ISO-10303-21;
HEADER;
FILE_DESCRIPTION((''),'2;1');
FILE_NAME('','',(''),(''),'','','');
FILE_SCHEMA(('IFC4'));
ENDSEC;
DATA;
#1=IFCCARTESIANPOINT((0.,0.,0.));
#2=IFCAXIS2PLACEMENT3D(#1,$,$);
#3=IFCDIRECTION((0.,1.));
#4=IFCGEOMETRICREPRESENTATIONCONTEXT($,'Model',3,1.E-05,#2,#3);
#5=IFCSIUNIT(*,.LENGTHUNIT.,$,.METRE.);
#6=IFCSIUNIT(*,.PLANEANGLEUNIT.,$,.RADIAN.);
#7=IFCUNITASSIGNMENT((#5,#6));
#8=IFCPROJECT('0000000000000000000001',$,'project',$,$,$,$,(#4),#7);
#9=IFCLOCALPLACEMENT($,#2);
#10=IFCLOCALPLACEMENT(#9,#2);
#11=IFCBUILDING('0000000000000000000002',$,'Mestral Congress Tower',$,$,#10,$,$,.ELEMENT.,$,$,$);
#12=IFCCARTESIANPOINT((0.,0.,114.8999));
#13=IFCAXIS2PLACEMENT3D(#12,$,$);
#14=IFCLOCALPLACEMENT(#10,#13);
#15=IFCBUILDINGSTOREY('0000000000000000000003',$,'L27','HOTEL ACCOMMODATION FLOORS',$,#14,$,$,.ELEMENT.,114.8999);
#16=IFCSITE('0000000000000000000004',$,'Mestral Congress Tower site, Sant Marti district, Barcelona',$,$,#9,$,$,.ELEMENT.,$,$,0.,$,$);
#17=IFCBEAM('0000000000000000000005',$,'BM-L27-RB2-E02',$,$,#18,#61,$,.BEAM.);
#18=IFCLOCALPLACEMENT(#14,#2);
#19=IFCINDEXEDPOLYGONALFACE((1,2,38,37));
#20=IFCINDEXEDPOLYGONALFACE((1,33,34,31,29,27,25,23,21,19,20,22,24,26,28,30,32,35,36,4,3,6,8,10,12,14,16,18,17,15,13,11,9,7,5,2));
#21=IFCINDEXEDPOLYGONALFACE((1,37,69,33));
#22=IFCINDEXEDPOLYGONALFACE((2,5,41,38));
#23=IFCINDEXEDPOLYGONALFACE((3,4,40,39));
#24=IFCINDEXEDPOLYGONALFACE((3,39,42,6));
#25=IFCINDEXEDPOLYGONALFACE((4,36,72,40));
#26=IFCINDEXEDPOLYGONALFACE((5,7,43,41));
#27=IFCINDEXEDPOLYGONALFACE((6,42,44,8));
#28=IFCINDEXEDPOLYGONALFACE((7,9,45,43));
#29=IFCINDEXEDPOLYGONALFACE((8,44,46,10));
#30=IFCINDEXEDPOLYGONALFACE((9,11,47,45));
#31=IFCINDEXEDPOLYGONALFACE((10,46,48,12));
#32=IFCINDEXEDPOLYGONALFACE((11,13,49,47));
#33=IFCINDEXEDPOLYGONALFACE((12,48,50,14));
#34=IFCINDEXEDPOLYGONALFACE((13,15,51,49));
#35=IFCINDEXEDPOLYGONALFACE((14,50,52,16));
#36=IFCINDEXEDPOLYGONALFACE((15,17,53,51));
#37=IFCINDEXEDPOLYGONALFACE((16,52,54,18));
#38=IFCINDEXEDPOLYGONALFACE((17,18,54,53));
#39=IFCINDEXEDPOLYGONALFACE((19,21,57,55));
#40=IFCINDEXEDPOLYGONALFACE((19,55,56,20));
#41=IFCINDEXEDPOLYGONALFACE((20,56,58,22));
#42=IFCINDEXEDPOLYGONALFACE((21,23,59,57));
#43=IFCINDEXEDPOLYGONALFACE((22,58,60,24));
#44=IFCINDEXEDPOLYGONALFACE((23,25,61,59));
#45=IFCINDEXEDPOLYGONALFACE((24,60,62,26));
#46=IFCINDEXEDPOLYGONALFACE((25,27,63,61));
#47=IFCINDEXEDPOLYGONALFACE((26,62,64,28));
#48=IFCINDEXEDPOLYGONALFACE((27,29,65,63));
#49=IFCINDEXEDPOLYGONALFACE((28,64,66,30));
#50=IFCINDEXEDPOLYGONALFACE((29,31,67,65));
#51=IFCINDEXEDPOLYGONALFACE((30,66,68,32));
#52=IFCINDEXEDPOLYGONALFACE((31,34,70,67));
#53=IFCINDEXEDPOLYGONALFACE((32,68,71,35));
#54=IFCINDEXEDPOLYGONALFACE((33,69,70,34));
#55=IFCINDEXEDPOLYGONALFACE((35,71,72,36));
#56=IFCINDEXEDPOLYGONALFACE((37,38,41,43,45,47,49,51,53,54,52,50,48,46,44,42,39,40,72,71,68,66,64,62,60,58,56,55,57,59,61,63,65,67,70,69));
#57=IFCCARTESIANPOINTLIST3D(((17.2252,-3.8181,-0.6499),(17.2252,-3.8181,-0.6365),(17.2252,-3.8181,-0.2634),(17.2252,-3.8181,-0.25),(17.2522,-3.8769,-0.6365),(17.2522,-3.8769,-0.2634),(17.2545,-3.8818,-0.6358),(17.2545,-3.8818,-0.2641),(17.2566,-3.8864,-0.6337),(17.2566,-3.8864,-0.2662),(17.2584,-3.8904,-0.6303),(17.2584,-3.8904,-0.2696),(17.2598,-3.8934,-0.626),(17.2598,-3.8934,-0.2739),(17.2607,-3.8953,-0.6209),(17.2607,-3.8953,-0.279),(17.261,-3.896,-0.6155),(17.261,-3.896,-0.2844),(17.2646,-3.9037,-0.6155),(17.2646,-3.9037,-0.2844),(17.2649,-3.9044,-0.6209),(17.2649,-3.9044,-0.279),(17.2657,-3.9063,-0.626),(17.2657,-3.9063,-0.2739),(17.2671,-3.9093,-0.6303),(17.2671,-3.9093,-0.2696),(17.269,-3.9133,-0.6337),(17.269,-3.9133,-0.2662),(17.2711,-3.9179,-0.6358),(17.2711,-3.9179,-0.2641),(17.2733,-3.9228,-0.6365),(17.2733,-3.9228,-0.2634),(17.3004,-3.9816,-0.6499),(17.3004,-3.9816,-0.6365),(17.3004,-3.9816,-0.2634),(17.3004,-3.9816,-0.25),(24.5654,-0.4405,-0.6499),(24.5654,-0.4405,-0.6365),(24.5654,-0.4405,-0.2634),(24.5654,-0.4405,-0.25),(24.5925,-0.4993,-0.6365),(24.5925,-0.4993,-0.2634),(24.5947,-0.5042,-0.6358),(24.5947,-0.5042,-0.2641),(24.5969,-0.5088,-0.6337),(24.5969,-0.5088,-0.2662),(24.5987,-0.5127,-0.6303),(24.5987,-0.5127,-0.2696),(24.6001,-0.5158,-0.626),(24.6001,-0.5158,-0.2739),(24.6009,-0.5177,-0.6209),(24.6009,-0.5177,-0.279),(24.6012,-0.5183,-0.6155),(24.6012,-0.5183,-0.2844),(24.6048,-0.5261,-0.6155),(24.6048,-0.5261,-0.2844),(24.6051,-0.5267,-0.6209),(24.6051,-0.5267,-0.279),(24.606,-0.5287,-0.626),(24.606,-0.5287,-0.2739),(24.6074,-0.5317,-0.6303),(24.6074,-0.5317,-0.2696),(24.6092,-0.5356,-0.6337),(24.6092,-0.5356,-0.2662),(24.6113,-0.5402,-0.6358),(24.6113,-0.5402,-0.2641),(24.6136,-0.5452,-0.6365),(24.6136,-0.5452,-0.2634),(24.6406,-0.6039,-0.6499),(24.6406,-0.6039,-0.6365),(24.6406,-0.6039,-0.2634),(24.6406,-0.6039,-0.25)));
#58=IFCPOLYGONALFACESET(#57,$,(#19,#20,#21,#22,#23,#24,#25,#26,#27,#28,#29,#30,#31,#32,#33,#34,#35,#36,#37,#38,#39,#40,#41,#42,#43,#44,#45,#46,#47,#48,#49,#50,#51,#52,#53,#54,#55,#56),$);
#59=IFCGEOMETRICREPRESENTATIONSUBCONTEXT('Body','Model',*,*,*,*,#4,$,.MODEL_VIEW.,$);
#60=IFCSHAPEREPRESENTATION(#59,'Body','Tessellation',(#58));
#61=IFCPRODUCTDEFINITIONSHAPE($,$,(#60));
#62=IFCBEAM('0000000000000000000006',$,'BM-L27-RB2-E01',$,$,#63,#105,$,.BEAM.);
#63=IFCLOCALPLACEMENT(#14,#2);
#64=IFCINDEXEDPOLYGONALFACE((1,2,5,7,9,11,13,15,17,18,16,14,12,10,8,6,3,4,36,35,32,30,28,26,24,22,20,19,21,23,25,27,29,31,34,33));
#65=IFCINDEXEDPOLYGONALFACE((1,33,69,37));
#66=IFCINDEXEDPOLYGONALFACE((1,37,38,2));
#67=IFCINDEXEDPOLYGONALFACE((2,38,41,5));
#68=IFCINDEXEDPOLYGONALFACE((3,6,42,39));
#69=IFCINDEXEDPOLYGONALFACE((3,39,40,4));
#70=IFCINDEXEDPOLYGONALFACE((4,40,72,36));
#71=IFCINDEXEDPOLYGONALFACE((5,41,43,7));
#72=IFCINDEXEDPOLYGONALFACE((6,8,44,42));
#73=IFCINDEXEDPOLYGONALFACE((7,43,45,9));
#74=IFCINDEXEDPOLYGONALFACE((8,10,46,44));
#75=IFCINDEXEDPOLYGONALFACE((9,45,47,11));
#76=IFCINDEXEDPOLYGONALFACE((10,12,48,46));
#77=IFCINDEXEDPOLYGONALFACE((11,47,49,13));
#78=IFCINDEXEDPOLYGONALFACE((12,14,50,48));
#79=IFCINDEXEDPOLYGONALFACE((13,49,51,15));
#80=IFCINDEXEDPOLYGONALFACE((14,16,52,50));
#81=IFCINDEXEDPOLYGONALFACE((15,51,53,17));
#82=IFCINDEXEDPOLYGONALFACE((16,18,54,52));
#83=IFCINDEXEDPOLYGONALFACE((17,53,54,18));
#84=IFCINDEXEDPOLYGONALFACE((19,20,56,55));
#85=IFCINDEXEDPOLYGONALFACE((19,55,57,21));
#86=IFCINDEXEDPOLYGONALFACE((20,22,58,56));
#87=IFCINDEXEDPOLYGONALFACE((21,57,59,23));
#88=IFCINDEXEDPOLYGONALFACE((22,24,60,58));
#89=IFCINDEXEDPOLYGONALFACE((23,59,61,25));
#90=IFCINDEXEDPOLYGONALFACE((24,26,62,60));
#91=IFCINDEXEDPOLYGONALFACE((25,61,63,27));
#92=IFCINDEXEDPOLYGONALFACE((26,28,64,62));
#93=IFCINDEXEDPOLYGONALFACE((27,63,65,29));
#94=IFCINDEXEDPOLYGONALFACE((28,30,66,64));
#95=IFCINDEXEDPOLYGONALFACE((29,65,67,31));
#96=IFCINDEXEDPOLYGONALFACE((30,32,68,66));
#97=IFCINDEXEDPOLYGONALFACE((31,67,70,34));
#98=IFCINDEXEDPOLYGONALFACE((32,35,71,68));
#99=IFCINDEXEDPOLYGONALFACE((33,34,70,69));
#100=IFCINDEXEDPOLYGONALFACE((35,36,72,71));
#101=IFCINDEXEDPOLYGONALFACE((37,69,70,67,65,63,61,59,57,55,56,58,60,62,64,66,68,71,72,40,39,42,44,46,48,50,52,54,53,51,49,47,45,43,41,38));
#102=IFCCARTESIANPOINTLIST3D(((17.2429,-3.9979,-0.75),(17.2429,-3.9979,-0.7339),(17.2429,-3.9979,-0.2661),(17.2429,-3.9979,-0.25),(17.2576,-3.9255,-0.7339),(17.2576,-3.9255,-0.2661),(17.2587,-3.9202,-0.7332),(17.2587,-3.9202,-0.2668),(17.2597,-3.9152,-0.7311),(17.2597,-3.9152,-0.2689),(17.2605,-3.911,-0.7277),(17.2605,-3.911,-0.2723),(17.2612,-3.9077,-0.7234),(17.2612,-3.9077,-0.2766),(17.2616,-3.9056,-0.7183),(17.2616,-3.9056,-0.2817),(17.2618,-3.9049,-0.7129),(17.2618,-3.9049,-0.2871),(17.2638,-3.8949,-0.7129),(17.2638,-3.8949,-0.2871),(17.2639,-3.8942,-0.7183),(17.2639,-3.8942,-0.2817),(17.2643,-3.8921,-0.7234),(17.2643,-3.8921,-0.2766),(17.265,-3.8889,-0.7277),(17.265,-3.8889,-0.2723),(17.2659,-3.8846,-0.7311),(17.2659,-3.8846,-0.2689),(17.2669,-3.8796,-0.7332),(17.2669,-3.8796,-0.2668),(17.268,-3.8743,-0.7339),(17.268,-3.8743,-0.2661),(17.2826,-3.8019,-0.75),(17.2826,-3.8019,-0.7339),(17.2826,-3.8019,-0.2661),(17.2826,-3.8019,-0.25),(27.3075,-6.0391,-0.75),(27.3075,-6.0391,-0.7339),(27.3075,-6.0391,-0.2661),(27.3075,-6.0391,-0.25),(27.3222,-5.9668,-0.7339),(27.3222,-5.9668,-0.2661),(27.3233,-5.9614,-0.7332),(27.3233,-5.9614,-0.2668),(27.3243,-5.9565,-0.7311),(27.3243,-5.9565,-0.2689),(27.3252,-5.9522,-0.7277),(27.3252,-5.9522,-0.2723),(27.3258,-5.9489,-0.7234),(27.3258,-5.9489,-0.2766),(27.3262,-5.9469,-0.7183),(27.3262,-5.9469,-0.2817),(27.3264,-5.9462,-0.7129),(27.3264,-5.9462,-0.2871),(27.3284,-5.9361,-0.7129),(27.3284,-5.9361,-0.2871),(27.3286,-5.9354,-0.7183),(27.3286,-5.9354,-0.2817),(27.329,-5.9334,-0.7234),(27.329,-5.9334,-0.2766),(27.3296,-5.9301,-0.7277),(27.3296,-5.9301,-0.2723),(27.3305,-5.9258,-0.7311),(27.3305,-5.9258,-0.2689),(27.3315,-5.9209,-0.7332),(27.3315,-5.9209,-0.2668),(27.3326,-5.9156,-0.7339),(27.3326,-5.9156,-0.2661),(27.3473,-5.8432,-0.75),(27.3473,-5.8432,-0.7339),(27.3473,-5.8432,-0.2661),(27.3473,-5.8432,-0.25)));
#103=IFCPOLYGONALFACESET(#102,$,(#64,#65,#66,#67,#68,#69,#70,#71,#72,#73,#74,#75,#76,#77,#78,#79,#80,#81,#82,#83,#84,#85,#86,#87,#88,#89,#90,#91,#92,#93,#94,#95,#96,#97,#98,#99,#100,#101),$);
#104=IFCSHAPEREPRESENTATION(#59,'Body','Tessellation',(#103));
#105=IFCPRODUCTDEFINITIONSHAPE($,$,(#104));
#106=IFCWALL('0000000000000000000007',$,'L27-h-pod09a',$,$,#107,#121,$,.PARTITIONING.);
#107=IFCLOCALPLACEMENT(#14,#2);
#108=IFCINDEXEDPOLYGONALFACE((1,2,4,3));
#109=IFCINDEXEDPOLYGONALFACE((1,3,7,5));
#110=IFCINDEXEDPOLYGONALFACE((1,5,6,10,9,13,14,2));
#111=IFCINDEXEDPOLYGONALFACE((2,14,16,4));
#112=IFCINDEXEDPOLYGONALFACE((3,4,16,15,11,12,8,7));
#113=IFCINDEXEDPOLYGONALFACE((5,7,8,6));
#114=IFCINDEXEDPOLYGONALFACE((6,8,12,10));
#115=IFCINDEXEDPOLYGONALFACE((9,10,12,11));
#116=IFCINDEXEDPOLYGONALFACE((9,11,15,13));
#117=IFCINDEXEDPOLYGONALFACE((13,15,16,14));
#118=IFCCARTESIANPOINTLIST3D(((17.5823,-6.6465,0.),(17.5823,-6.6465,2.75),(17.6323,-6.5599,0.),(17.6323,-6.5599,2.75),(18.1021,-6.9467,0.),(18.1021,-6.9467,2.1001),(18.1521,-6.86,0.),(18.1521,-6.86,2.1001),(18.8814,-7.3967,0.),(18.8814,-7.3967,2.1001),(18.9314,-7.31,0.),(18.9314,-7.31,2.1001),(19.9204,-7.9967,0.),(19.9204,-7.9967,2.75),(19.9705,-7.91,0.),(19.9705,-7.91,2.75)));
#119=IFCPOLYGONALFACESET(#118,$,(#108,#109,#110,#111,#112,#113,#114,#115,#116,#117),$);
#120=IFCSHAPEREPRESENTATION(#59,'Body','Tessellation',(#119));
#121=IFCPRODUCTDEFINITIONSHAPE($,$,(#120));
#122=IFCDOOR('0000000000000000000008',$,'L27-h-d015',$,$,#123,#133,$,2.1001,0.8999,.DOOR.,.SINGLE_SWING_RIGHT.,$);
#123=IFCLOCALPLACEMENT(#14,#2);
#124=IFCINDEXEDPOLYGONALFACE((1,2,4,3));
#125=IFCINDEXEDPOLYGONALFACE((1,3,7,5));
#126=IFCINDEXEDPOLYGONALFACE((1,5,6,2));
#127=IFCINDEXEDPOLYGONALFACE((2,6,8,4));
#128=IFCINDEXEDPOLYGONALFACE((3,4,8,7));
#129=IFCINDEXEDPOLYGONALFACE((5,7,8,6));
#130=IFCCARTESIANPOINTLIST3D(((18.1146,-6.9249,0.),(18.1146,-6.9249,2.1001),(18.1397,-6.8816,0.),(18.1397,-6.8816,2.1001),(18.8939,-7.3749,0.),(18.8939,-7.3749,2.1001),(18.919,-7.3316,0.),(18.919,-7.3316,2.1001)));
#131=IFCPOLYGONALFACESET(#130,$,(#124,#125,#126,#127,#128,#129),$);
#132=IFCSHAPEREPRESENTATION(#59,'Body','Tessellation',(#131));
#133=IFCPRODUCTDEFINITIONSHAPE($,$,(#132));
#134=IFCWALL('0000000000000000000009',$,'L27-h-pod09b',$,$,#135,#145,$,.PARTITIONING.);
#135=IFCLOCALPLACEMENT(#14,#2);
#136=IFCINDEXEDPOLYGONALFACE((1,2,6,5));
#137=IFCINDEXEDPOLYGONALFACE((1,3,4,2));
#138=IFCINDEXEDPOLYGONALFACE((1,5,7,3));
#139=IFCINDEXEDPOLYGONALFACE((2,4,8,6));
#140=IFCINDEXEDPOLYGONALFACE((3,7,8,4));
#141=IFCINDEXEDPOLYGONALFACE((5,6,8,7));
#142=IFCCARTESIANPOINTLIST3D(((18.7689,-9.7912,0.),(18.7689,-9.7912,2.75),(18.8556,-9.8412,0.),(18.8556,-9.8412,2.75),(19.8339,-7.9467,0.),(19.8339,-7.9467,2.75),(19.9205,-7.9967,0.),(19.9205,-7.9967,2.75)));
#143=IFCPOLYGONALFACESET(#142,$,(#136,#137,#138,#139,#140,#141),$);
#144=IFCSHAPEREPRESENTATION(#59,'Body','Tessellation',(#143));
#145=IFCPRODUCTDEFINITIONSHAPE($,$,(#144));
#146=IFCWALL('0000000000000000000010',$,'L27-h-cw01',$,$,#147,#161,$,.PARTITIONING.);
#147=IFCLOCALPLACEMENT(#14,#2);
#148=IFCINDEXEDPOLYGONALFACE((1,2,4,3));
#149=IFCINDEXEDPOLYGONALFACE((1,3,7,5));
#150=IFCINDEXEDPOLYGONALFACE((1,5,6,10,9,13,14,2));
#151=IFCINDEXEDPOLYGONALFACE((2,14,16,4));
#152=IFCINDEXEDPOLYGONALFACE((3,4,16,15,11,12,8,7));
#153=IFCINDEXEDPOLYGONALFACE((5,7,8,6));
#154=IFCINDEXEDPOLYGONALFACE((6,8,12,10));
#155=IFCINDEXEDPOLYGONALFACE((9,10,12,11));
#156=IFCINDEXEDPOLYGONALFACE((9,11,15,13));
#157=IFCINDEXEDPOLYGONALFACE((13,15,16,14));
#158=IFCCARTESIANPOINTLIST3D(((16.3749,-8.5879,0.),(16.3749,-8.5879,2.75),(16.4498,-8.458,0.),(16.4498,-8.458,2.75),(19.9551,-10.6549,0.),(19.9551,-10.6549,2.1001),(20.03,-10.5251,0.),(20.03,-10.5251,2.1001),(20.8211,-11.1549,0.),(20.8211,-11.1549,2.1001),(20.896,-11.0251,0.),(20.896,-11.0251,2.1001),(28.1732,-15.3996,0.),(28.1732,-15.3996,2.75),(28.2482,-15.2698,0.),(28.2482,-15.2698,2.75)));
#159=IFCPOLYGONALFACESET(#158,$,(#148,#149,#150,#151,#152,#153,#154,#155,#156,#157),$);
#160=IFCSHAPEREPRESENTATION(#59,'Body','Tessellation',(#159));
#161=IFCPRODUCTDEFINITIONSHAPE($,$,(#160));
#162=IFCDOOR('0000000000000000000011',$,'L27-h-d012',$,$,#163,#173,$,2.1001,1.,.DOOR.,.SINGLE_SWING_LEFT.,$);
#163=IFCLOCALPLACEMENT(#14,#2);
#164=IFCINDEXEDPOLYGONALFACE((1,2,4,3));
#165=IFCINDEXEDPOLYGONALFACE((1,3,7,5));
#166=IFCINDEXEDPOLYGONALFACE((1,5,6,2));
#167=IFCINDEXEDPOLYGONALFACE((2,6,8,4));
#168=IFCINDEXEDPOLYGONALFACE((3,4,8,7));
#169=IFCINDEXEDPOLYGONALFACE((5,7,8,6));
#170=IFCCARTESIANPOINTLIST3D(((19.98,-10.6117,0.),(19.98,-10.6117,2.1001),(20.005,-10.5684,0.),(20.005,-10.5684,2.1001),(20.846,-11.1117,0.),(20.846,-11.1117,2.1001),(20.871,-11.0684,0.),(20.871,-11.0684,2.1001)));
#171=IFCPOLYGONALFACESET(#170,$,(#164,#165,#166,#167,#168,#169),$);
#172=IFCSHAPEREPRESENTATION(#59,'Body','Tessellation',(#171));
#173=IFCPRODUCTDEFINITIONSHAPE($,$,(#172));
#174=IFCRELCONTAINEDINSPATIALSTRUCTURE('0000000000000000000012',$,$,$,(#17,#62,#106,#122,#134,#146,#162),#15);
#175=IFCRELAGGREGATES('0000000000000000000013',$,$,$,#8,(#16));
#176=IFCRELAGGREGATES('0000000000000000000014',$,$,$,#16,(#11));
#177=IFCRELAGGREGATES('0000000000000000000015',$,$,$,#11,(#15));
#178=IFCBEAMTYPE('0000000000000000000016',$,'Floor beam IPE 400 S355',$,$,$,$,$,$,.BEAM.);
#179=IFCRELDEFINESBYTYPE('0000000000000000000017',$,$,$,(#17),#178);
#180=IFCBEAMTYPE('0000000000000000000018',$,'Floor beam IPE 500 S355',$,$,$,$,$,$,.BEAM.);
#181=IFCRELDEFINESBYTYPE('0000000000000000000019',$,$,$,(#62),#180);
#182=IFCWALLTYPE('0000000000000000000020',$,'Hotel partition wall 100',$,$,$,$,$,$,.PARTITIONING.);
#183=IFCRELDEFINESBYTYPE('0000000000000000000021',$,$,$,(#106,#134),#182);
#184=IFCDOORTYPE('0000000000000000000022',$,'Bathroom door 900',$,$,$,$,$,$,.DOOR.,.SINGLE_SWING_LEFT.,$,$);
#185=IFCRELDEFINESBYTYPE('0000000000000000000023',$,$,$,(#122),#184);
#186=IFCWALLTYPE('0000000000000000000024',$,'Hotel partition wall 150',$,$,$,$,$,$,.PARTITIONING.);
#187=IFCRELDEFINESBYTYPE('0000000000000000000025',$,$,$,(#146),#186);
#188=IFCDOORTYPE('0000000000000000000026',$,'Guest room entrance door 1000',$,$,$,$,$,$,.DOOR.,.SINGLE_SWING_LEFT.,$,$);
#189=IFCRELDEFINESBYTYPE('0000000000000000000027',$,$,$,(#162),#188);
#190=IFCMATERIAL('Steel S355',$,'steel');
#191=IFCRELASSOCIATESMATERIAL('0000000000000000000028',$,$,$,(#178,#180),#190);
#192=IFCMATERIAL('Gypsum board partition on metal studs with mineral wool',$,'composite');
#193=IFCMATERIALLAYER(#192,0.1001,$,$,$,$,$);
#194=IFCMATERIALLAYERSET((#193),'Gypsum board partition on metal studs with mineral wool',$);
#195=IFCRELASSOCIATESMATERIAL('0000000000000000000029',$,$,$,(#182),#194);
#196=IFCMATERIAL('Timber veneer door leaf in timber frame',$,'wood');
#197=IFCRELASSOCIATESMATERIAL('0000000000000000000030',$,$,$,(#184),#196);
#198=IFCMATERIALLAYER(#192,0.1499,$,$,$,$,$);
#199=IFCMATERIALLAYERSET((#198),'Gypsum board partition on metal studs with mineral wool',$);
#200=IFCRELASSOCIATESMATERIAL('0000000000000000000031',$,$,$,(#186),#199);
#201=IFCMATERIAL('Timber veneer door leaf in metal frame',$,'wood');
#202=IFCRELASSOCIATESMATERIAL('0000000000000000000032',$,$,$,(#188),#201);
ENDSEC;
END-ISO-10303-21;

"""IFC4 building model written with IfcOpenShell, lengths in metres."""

from ifc_helpers import new_model, si_unit, direction, frame, frame_2d, origin, origin_2d, place, context, subcontext, project, spatial, rectangle, i_section, extrude, material, layer, layer_set, material_profile, profile_set, type_object, element, fill, save


model = new_model("IFC4")

# Units and contexts
model_context = context("Model", 3, precision=1e-05, world=origin(), true_north=direction((0.0, 1.0)))
body_context = subcontext(model_context, "Body", "Model", "MODEL_VIEW")
ifc_project = project(units=[si_unit("LENGTHUNIT", "METRE"), si_unit("PLANEANGLEUNIT", "RADIAN")], contexts=[model_context])

# Site, building, storey
site_placement = place(None, origin())
site = spatial("IfcSite", under=ifc_project, at=site_placement, Name="Mestral Congress Tower site, Sant Marti district, Barcelona", CompositionType="ELEMENT", RefElevation=0.0)
building_placement = place(site_placement, origin())
building = spatial("IfcBuilding", under=site, at=building_placement, Name="Mestral Congress Tower", CompositionType="ELEMENT")
storey_placement = place(building_placement, frame((0.0, 0.0, 114.8999)))
storey = spatial("IfcBuildingStorey", under=building, at=storey_placement, Name="L27", Description="HOTEL ACCOMMODATION FLOORS", CompositionType="ELEMENT", Elevation=114.8999)

# Beams
ifc_material_1 = material(Name="Steel S355", Category="steel")
ifc_material_profile_1 = material_profile(ifc_material_1, i_section(OverallWidth=0.1799, OverallDepth=0.3999, WebThickness=0.0085, FlangeThickness=0.0134, FilletRadius=0.021, at=origin_2d()), Name="IPE 400")
ifc_profile_set_1 = profile_set([ifc_material_profile_1], Name="Steel S355")
beam_type_1 = type_object("IfcBeamType", Name="Floor beam IPE 400 S355", PredefinedType="BEAM", material=ifc_profile_set_1)
beam_1_placement = place(storey_placement, frame((24.603, -0.5222, -0.45), z_axis=(-0.908437, -0.418021, 0.0), x_axis=(0.418021, -0.908437, 0.0)))
element("IfcBeam", 1, at=beam_1_placement, inside=storey, type_object=beam_type_1, Name="BM-L27-RB2-E02", PredefinedType="BEAM", context=body_context, shape_type="SweptSolid", body=[
    extrude(i_section(OverallWidth=0.1799, OverallDepth=0.3999, WebThickness=0.0085, FlangeThickness=0.0134, FilletRadius=0.021, at=origin_2d()), origin(), (0.0, 0.0, 1.0), 8.0801),
])
ifc_material_profile_2 = material_profile(ifc_material_1, i_section(OverallWidth=0.2, OverallDepth=0.5, WebThickness=0.0103, FlangeThickness=0.0161, FilletRadius=0.021, at=origin_2d()), Name="IPE 500")
ifc_profile_set_2 = profile_set([ifc_material_profile_2], Name="Steel S355")
beam_type_2 = type_object("IfcBeamType", Name="Floor beam IPE 500 S355", PredefinedType="BEAM", material=ifc_profile_set_2)
beam_2_placement = place(storey_placement, frame((27.3274, -5.9412, -0.5), z_axis=(-0.980047, 0.198767, 0.0), x_axis=(-0.198767, -0.980047, 0.0)))
element("IfcBeam", 2, at=beam_2_placement, inside=storey, type_object=beam_type_2, Name="BM-L27-RB2-E01", PredefinedType="BEAM", context=body_context, shape_type="SweptSolid", body=[
    extrude(i_section(OverallWidth=0.2, OverallDepth=0.5, WebThickness=0.0103, FlangeThickness=0.0161, FilletRadius=0.021, at=origin_2d()), origin(), (0.0, 0.0, 1.0), 10.2695),
])

# Wall, opening, door
ifc_material_2 = material(Name="Gypsum board partition on metal studs with mineral wool", Category="composite")
ifc_layer_1 = layer(ifc_material_2, 0.1001)
ifc_layer_set_1 = layer_set([ifc_layer_1], Name="Gypsum board partition on metal studs with mineral wool")
wall_type_1 = type_object("IfcWallType", Name="Hotel partition wall 100", PredefinedType="PARTITIONING", material=ifc_layer_set_1)
wall_1_placement = place(storey_placement, frame((19.9456, -7.9534, 0.0), z_axis=(0.0, 0.0, 1.0), x_axis=(-0.865997, 0.500049, 0.0)))
wall_1 = element("IfcWall", 3, at=wall_1_placement, inside=storey, type_object=wall_type_1, Name="L27-h-pod09a", PredefinedType="PARTITIONING", context=body_context, shape_type="SweptSolid", body=[
    extrude(rectangle(XDim=2.7, YDim=0.1001, at=frame_2d((1.3501, 0.0))), origin(), (0.0, 0.0, 1.0), 2.75),
])
opening_1_placement = place(wall_1_placement, frame((1.2, 0.0, 0.0)))
opening_1 = element("IfcOpeningElement", 4, at=opening_1_placement, cuts=wall_1, PredefinedType="OPENING", context=body_context, shape_type="SweptSolid", body=[
    extrude(rectangle(XDim=0.8999, YDim=2.1001, at=frame_2d((0.45, 1.05))), frame((0.0, 0.0601, 0.0), z_axis=(0.0, -1.0, 0.0), x_axis=(1.0, 0.0, 0.0)), (0.0, 0.0, 1.0), 0.1201),
])
ifc_material_3 = material(Name="Timber veneer door leaf in timber frame", Category="wood")
door_type_1 = type_object("IfcDoorType", Name="Bathroom door 900", OperationType="SINGLE_SWING_LEFT", PredefinedType="DOOR", material=ifc_material_3)
door_1_placement = place(opening_1_placement, origin())
door_1 = element("IfcDoor", 5, at=door_1_placement, inside=storey, type_object=door_type_1, Name="L27-h-d015", OperationType="SINGLE_SWING_RIGHT", OverallHeight=2.1001, OverallWidth=0.8999, PredefinedType="DOOR", context=body_context, shape_type="SweptSolid", body=[
    extrude(rectangle(XDim=0.8999, YDim=2.1001, at=frame_2d((0.45, 1.05))), frame((0.0, 0.0249, 0.0), z_axis=(0.0, -1.0, 0.0), x_axis=(1.0, 0.0, 0.0)), (0.0, 0.0, 1.0), 0.05),
])
fill(opening_1, door_1)

# Wall
wall_2_placement = place(storey_placement, frame((19.8772, -7.9717, 0.0), z_axis=(0.0, 0.0, 1.0), x_axis=(-0.50001, -0.86602, 0.0)))
element("IfcWall", 6, at=wall_2_placement, inside=storey, type_object=wall_type_1, Name="L27-h-pod09b", PredefinedType="PARTITIONING", context=body_context, shape_type="SweptSolid", body=[
    extrude(rectangle(XDim=2.1299, YDim=0.1001, at=frame_2d((1.0649, 0.0))), origin(), (0.0, 0.0, 1.0), 2.75),
])

# Wall, opening, door
ifc_layer_2 = layer(ifc_material_2, 0.1499)
ifc_layer_set_2 = layer_set([ifc_layer_2], Name="Gypsum board partition on metal studs with mineral wool")
wall_type_2 = type_object("IfcWallType", Name="Hotel partition wall 150", PredefinedType="PARTITIONING", material=ifc_layer_set_2)
wall_3_placement = place(storey_placement, frame((16.4124, -8.5229, 0.0), z_axis=(0.0, 0.0, 1.0), x_axis=(0.866026, -0.5, 0.0)))
wall_3 = element("IfcWall", 7, at=wall_3_placement, inside=storey, type_object=wall_type_2, Name="L27-h-cw01", PredefinedType="PARTITIONING", context=body_context, shape_type="SweptSolid", body=[
    extrude(rectangle(XDim=13.6235, YDim=0.1499, at=frame_2d((6.8118, 0.0))), origin(), (0.0, 0.0, 1.0), 2.75),
])
opening_2_placement = place(wall_3_placement, frame((4.134, 0.0, 0.0)))
opening_2 = element("IfcOpeningElement", 8, at=opening_2_placement, cuts=wall_3, PredefinedType="OPENING", context=body_context, shape_type="SweptSolid", body=[
    extrude(rectangle(XDim=1.0, YDim=2.1001, at=frame_2d((0.5, 1.05))), frame((0.0, 0.085, 0.0), z_axis=(0.0, -1.0, 0.0), x_axis=(1.0, 0.0, 0.0)), (0.0, 0.0, 1.0), 0.1699),
])
ifc_material_4 = material(Name="Timber veneer door leaf in metal frame", Category="wood")
door_type_2 = type_object("IfcDoorType", Name="Guest room entrance door 1000", OperationType="SINGLE_SWING_LEFT", PredefinedType="DOOR", material=ifc_material_4)
door_2_placement = place(opening_2_placement, origin())
door_2 = element("IfcDoor", 9, at=door_2_placement, inside=storey, type_object=door_type_2, Name="L27-h-d012", OperationType="SINGLE_SWING_LEFT", OverallHeight=2.1001, OverallWidth=1.0, PredefinedType="DOOR", context=body_context, shape_type="SweptSolid", body=[
    extrude(rectangle(XDim=1.0, YDim=2.1001, at=frame_2d((0.5, 1.05))), frame((0.0, 0.0249, 0.0), z_axis=(0.0, -1.0, 0.0), x_axis=(1.0, 0.0, 0.0)), (0.0, 0.0, 1.0), 0.05),
])
fill(opening_2, door_2)

save(model, "model.ifc")
